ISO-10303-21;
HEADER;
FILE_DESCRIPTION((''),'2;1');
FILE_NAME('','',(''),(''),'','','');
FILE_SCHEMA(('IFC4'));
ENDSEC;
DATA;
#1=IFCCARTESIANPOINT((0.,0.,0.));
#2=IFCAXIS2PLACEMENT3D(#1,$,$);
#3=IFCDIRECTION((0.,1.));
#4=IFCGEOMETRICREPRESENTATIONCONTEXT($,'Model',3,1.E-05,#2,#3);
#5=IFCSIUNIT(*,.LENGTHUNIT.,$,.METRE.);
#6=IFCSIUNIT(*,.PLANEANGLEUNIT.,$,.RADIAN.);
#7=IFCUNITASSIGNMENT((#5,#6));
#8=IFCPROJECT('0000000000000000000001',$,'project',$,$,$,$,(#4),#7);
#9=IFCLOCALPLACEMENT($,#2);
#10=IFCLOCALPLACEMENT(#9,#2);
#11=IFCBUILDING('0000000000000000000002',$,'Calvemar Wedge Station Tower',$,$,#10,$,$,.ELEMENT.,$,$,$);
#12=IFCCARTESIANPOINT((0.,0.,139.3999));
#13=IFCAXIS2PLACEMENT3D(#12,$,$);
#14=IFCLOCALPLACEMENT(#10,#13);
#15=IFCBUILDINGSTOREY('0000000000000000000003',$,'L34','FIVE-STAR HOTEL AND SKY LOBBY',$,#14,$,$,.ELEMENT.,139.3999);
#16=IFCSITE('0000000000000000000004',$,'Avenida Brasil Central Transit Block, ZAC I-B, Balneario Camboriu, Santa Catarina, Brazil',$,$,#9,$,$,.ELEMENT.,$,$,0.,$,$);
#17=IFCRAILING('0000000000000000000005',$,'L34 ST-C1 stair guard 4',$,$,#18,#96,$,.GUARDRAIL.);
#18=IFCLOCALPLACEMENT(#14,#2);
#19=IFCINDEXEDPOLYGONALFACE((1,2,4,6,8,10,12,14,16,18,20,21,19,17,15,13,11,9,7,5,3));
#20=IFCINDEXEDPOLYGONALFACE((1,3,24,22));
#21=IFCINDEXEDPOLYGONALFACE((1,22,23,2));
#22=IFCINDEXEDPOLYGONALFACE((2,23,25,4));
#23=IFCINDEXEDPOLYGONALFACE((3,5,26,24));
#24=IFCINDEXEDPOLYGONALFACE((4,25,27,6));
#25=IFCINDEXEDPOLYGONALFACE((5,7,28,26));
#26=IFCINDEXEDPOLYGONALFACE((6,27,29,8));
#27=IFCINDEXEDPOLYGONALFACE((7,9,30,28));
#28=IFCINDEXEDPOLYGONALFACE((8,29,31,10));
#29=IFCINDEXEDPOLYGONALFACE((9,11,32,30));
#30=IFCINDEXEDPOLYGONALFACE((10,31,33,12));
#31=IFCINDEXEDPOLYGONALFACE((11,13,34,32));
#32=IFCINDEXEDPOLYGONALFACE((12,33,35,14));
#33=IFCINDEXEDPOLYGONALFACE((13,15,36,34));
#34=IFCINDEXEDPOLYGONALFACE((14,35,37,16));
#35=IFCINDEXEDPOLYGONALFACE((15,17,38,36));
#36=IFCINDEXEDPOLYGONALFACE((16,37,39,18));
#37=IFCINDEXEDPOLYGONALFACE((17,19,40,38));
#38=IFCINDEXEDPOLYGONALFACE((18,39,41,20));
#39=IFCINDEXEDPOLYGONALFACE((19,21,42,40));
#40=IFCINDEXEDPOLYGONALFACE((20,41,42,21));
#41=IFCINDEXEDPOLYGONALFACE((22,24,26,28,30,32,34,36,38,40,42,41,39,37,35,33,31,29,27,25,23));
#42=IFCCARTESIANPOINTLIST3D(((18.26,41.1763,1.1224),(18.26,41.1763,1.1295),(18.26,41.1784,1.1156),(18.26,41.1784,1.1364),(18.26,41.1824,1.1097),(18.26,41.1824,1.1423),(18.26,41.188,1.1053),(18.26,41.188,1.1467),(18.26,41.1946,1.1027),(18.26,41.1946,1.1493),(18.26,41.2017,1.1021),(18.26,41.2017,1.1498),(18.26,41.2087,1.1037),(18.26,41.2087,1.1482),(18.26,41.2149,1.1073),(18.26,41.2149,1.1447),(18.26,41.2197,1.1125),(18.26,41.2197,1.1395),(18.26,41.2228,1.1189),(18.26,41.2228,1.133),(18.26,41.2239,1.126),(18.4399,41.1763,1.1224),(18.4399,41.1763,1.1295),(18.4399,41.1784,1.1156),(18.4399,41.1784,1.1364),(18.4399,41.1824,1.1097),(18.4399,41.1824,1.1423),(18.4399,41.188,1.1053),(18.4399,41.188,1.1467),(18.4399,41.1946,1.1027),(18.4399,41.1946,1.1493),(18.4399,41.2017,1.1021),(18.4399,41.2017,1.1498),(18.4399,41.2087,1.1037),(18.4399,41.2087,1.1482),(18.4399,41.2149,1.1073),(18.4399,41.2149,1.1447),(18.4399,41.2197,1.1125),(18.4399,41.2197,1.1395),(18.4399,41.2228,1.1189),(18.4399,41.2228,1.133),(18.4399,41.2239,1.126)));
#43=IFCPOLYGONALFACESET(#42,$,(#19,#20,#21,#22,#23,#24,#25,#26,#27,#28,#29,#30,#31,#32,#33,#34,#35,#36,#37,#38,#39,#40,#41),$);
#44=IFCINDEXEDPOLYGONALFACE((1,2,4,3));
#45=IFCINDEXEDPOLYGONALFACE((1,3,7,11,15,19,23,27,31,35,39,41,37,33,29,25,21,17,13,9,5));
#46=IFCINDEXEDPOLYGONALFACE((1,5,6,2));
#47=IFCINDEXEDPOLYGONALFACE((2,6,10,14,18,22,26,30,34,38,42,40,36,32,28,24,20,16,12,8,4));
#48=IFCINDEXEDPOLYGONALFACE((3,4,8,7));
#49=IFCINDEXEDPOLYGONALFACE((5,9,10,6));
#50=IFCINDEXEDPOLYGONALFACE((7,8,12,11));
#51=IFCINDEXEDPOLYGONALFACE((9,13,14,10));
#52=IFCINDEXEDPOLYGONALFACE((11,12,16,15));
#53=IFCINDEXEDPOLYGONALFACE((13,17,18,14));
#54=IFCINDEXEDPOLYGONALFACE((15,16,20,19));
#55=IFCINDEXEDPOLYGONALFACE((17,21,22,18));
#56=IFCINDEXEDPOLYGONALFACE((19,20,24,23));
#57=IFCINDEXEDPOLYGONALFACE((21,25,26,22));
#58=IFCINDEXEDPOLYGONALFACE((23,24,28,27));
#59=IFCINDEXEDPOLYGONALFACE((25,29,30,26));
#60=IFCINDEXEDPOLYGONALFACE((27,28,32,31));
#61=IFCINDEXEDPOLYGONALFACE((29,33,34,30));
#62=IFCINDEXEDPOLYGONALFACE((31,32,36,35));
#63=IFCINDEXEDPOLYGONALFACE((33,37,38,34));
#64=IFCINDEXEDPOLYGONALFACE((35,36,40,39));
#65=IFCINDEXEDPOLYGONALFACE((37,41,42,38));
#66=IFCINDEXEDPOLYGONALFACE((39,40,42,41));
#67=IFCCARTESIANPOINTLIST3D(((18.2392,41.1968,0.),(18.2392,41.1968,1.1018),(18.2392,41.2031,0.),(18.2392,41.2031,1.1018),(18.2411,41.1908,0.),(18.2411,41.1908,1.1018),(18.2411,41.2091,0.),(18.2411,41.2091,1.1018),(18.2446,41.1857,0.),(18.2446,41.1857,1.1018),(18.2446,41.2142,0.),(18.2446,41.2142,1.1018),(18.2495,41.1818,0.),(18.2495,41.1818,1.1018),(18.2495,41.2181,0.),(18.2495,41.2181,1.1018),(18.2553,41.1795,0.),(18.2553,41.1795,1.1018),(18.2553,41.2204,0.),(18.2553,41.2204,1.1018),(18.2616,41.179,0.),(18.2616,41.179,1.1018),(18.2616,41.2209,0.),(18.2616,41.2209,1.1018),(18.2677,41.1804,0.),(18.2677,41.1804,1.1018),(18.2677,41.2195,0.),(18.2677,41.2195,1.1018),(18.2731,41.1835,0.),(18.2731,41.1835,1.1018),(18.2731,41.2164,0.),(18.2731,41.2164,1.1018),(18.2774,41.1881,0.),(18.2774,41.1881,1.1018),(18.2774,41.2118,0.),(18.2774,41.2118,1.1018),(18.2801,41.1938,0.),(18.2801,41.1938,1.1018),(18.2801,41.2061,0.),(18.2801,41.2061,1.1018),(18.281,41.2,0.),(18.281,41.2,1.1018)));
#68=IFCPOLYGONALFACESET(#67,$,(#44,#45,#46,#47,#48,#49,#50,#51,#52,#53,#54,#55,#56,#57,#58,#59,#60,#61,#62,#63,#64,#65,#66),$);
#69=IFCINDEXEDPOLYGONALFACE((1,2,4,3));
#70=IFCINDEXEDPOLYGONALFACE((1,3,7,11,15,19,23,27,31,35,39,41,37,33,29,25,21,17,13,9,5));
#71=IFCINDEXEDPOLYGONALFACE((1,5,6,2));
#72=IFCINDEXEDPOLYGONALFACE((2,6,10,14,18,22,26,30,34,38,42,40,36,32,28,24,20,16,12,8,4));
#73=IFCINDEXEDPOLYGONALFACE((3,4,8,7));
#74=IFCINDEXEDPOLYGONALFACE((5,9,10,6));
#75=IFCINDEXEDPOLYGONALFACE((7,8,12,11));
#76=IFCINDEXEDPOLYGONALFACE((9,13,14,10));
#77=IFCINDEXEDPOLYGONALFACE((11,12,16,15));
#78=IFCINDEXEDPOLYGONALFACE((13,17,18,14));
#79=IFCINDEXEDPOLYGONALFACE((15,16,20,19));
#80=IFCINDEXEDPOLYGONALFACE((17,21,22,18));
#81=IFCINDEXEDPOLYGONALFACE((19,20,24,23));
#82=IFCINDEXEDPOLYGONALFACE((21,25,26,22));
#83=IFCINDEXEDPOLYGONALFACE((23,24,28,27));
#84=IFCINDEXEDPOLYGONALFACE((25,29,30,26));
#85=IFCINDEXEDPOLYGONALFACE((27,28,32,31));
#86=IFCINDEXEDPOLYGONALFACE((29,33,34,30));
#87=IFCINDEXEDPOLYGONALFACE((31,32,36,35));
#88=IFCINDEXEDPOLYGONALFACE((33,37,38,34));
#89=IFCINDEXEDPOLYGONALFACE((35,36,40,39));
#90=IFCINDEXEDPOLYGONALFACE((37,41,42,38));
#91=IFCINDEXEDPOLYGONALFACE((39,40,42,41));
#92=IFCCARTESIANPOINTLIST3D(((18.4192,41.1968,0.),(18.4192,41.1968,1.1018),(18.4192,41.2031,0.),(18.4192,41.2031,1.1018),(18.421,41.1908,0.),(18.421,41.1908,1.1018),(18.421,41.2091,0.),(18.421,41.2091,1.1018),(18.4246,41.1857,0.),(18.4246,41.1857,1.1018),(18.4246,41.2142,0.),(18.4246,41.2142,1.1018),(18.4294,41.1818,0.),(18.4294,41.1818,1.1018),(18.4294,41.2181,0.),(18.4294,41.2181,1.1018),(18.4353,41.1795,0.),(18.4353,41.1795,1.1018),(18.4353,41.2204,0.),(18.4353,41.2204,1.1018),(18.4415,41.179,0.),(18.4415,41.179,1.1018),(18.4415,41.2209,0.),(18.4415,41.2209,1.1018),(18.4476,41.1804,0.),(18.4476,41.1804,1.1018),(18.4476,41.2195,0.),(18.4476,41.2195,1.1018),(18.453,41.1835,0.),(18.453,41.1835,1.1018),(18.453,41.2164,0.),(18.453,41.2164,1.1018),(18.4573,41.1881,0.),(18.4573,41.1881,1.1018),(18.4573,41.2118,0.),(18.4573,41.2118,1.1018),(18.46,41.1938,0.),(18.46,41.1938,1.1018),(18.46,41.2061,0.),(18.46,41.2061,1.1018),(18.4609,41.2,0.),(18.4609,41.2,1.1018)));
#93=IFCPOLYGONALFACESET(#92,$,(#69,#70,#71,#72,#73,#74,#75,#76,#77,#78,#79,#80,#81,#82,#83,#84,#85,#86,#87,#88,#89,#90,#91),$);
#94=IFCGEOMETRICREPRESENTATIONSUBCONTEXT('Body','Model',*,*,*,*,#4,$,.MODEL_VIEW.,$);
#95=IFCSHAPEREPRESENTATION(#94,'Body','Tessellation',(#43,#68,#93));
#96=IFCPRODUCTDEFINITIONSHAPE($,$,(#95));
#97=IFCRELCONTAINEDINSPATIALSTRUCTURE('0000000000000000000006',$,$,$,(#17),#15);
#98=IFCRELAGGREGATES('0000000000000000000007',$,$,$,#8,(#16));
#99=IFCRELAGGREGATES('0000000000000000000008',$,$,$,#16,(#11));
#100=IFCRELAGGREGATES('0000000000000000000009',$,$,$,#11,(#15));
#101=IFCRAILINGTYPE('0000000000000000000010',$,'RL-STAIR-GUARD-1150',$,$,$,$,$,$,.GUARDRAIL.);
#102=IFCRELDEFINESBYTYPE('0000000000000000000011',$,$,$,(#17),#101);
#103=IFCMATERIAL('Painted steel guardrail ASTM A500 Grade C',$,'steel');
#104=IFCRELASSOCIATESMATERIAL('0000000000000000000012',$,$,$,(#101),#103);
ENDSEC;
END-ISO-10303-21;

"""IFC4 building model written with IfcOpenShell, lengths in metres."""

from ifc_helpers import new_model, si_unit, direction, frame, origin, origin_2d, place, context, subcontext, project, spatial, circle, extrude, material, type_object, element, save


model = new_model("IFC4")

# Units and contexts
model_context = context("Model", 3, precision=1e-05, world=origin(), true_north=direction((0.0, 1.0)))
body_context = subcontext(model_context, "Body", "Model", "MODEL_VIEW")
ifc_project = project(units=[si_unit("LENGTHUNIT", "METRE"), si_unit("PLANEANGLEUNIT", "RADIAN")], contexts=[model_context])

# Site, building, storey
site_placement = place(None, origin())
site = spatial("IfcSite", under=ifc_project, at=site_placement, Name="Avenida Brasil Central Transit Block, ZAC I-B, Balneario Camboriu, Santa Catarina, Brazil", CompositionType="ELEMENT", RefElevation=0.0)
building_placement = place(site_placement, origin())
building = spatial("IfcBuilding", under=site, at=building_placement, Name="Calvemar Wedge Station Tower", CompositionType="ELEMENT")
storey_placement = place(building_placement, frame((0.0, 0.0, 139.3999)))
storey = spatial("IfcBuildingStorey", under=building, at=storey_placement, Name="L34", Description="FIVE-STAR HOTEL AND SKY LOBBY", CompositionType="ELEMENT", Elevation=139.3999)

# Railing
ifc_material_1 = material(Name="Painted steel guardrail ASTM A500 Grade C", Category="steel")
railing_type_1 = type_object("IfcRailingType", Name="RL-STAIR-GUARD-1150", PredefinedType="GUARDRAIL", material=ifc_material_1)
railing_1_placement = place(storey_placement, frame((18.26, 41.2, 0.0)))
element("IfcRailing", 1, at=railing_1_placement, inside=storey, type_object=railing_type_1, Name="L34 ST-C1 stair guard 4", PredefinedType="GUARDRAIL", context=body_context, shape_type="SweptSolid", body=[
    extrude(circle(Radius=0.0239, at=origin_2d()), frame((0.0, 0.0, 1.126), z_axis=(1.0, 0.0, 0.0), x_axis=(0.0, 1.0, 0.0)), (0.0, 0.0, 1.0), 0.1799),
    extrude(circle(Radius=0.021, at=origin_2d()), origin(), (0.0, 0.0, 1.0), 1.1018),
    extrude(circle(Radius=0.021, at=origin_2d()), frame((0.1799, 0.0, 0.0)), (0.0, 0.0, 1.0), 1.1018),
])

save(model, "model.ifc")
